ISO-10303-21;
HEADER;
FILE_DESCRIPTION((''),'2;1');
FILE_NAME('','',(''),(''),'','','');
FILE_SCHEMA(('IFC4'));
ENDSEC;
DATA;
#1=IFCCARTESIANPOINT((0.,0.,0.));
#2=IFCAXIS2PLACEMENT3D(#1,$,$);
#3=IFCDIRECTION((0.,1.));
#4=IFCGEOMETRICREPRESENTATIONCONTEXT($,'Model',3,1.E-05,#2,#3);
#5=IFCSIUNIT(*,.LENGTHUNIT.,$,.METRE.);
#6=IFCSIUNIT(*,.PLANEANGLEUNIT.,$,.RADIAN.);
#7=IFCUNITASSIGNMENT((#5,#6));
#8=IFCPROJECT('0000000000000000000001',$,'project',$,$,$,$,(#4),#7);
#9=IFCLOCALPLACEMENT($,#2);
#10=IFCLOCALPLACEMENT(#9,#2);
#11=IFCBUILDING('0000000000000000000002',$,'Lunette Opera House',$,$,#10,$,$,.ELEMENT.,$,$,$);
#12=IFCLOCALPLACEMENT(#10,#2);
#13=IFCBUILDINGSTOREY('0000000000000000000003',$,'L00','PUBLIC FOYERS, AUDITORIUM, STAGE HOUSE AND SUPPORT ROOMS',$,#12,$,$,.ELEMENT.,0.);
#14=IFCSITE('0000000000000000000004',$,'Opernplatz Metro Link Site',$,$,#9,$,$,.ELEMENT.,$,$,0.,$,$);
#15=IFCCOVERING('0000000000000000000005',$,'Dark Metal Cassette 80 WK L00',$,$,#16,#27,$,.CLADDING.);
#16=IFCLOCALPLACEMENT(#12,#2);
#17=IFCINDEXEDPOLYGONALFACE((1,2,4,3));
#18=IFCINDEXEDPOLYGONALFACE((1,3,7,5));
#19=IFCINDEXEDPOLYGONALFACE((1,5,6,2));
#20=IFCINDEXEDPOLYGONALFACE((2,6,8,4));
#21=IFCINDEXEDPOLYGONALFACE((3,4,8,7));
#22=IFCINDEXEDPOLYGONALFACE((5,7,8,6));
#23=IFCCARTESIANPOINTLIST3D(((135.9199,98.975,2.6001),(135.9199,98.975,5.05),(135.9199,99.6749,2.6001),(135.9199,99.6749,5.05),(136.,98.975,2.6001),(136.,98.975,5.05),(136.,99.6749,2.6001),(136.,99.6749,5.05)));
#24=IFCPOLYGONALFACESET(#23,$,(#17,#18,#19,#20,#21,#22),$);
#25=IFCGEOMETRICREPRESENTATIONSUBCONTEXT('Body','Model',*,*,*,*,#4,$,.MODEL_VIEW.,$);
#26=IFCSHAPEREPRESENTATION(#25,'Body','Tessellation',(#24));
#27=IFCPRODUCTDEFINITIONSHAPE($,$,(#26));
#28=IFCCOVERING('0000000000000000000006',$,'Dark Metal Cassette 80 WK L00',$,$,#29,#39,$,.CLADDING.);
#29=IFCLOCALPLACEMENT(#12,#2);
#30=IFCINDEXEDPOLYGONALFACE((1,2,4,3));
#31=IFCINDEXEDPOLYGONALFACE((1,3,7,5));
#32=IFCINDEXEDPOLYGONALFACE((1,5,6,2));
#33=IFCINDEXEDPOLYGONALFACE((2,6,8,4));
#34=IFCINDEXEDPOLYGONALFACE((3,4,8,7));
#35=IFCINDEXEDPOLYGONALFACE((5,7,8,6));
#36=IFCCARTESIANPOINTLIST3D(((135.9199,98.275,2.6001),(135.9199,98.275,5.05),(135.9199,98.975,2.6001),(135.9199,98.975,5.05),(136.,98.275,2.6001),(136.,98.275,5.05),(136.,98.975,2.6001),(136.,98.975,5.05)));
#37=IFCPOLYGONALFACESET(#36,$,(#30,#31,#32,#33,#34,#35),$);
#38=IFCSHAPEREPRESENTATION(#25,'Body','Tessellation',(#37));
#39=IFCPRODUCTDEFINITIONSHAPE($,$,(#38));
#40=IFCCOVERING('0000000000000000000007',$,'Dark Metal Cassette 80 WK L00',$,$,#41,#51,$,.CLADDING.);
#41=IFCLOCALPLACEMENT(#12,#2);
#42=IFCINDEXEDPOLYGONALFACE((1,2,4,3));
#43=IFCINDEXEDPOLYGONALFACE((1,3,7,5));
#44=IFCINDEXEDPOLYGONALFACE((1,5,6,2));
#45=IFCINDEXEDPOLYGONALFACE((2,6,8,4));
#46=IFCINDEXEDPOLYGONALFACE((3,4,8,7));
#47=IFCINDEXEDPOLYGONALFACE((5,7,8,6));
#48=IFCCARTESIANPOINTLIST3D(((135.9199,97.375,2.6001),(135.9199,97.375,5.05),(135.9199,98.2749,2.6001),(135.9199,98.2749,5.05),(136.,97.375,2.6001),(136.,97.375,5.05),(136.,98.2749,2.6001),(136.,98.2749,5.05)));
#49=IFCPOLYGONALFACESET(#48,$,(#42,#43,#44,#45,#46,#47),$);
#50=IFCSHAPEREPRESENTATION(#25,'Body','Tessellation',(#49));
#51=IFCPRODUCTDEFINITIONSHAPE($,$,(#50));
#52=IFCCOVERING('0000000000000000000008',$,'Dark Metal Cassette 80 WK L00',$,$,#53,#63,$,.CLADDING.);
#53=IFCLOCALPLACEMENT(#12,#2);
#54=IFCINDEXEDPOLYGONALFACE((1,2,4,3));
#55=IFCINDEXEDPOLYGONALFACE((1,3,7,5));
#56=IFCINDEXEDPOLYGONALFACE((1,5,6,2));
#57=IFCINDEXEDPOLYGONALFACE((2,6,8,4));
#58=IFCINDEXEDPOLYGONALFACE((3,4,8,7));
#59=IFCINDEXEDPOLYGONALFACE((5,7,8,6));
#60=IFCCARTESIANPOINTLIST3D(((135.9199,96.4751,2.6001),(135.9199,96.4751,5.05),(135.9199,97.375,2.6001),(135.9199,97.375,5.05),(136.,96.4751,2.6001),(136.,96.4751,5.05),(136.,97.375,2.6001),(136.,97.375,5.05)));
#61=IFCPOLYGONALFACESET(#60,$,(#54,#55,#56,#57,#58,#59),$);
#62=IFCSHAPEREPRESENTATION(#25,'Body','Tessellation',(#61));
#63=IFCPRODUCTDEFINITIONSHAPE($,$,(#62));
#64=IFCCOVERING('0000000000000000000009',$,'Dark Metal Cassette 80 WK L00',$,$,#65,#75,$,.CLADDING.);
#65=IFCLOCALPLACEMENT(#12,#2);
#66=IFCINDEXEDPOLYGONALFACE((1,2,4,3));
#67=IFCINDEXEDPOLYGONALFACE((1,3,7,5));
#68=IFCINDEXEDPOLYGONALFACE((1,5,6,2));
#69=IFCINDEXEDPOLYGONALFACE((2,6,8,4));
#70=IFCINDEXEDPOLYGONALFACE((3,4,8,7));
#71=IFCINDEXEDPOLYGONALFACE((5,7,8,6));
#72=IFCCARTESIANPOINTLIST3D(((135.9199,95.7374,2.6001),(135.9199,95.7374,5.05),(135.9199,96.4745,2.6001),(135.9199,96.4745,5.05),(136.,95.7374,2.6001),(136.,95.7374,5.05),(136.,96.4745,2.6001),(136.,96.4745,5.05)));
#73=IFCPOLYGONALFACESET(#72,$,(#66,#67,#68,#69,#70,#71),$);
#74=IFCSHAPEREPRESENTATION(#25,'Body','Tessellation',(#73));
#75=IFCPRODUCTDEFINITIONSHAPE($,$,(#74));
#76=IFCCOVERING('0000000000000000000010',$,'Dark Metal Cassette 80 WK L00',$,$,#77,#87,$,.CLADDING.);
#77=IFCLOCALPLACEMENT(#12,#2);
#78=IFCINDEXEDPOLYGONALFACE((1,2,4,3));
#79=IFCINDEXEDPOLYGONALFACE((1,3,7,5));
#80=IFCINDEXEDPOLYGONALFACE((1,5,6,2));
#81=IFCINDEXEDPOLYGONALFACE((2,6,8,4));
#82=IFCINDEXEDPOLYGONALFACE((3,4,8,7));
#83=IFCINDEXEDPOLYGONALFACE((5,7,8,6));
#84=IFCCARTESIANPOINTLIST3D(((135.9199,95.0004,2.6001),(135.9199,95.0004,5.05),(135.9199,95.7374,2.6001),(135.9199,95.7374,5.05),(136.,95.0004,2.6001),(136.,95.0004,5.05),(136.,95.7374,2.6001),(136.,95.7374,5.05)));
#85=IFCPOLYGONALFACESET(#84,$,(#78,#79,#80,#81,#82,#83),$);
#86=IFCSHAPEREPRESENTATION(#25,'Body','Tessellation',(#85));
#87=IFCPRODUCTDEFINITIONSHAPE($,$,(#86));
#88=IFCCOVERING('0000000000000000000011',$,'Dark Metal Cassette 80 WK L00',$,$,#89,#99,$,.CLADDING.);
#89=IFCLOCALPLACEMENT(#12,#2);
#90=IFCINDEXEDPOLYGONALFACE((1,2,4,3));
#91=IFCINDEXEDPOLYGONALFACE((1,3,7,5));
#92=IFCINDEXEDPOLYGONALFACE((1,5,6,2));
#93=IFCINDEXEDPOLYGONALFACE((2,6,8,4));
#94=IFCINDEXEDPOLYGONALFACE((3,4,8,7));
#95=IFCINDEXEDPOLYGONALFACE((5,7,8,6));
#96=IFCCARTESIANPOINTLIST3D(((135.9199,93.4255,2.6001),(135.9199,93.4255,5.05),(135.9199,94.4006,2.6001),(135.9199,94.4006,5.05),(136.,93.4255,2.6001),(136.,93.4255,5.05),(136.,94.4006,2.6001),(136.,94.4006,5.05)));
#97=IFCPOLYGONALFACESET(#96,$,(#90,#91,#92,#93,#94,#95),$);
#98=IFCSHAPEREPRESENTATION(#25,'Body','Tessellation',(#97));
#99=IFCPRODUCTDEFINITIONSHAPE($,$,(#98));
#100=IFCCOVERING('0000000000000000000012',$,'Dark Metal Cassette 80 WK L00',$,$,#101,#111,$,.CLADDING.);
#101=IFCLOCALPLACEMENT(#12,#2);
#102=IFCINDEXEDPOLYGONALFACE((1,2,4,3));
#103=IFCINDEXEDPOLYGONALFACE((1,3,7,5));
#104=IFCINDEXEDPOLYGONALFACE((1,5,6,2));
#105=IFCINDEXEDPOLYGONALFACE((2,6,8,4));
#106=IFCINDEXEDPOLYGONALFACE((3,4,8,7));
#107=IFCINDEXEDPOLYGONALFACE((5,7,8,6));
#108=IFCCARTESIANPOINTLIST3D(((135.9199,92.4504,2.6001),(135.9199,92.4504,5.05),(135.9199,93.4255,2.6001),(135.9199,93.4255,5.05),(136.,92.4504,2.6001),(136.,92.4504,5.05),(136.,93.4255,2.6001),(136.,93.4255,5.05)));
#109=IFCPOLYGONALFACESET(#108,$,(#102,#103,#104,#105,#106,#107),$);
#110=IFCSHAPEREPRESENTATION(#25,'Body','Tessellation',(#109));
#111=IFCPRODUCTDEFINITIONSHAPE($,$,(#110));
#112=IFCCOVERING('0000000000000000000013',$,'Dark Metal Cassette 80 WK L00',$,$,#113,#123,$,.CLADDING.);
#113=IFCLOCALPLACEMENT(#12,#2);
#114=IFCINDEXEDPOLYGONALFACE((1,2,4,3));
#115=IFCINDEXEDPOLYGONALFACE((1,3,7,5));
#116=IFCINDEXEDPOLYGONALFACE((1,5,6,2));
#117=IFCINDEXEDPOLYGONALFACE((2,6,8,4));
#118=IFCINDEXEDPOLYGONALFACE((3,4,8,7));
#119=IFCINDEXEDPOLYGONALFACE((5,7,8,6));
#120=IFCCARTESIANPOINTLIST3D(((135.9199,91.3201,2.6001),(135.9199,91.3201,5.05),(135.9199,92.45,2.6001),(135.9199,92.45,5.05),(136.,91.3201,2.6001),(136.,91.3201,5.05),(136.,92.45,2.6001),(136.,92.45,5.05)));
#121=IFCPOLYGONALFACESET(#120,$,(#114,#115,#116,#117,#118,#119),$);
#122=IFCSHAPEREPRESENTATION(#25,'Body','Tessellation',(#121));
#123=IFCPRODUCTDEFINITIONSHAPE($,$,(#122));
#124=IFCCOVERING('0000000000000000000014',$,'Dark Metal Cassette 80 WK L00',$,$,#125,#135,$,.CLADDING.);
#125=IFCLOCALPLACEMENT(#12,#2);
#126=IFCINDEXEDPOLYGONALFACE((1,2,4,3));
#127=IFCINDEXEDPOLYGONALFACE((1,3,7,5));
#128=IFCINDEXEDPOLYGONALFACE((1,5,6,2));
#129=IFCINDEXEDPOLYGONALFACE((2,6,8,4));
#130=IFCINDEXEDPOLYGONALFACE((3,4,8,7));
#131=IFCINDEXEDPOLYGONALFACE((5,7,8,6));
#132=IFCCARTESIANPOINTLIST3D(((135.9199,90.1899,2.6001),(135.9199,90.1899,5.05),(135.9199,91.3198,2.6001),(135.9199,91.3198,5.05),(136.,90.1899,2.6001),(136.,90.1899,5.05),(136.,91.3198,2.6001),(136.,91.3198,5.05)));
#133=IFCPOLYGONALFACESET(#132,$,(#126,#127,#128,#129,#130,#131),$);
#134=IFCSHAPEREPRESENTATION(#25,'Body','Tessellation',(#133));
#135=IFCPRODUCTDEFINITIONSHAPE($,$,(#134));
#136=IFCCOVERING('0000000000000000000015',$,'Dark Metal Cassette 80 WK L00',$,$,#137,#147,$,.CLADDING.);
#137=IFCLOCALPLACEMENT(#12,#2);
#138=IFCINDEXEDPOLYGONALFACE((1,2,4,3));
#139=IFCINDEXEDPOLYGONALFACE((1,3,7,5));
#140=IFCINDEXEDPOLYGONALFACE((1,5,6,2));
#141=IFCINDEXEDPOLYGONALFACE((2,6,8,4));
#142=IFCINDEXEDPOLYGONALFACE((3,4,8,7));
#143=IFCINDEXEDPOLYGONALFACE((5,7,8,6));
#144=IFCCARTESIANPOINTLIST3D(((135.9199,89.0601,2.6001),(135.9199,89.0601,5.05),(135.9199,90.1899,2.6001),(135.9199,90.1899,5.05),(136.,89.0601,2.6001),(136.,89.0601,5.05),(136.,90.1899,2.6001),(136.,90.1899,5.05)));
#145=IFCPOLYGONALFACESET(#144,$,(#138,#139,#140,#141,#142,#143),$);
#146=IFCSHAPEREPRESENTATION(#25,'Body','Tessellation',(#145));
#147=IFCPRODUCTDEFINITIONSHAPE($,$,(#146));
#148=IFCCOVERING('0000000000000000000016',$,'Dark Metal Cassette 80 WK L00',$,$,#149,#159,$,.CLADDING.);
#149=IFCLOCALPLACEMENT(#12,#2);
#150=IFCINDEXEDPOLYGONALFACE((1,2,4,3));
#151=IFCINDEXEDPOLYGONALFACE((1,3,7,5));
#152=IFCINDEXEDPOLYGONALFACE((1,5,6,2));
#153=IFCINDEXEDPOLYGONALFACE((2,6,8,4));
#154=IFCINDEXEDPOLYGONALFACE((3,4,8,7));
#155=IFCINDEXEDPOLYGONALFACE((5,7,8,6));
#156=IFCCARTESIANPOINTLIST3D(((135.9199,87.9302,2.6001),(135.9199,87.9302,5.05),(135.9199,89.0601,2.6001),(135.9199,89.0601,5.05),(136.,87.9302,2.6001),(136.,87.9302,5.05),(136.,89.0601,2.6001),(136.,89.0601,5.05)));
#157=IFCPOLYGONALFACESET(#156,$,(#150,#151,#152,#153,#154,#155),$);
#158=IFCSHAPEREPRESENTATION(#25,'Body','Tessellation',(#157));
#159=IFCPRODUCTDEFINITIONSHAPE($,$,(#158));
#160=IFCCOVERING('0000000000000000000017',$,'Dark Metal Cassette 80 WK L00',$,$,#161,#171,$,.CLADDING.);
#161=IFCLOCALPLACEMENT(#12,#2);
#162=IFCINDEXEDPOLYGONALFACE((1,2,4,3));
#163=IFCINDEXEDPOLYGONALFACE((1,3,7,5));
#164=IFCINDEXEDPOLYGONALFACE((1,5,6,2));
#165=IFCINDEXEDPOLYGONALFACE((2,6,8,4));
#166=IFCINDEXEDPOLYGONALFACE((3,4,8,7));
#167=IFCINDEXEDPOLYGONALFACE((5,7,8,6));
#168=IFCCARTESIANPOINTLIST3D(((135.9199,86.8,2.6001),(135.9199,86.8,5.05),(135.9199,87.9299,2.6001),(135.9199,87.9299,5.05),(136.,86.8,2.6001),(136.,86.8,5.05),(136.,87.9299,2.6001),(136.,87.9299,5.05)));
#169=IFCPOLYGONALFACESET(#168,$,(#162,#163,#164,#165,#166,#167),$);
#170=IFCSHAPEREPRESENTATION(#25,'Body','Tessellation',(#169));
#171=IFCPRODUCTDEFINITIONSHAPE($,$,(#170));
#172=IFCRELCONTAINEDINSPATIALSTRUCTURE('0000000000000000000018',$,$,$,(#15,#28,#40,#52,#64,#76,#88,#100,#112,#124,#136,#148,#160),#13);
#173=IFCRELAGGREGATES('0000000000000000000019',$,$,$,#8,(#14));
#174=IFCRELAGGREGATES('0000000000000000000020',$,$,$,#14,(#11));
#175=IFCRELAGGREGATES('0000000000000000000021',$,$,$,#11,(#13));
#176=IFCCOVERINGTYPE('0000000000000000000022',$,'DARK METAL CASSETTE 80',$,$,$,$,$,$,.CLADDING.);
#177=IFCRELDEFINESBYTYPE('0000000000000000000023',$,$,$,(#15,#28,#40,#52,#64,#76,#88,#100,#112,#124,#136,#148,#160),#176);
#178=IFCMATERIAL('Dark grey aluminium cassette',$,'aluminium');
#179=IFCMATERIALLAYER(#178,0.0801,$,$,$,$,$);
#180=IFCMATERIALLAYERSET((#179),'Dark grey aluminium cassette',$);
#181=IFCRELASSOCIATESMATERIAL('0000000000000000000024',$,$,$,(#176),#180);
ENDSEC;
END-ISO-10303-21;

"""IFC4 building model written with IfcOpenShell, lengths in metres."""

from ifc_helpers import new_model, si_unit, direction, frame, origin, origin_2d, place, context, subcontext, project, spatial, rectangle, extrude, material, layer, layer_set, type_object, element, save


model = new_model("IFC4")

# Units and contexts
model_context = context("Model", 3, precision=1e-05, world=origin(), true_north=direction((0.0, 1.0)))
body_context = subcontext(model_context, "Body", "Model", "MODEL_VIEW")
ifc_project = project(units=[si_unit("LENGTHUNIT", "METRE"), si_unit("PLANEANGLEUNIT", "RADIAN")], contexts=[model_context])

# Site, building, storey
site_placement = place(None, origin())
site = spatial("IfcSite", under=ifc_project, at=site_placement, Name="Opernplatz Metro Link Site", CompositionType="ELEMENT", RefElevation=0.0)
building_placement = place(site_placement, origin())
building = spatial("IfcBuilding", under=site, at=building_placement, Name="Lunette Opera House", CompositionType="ELEMENT")
storey_placement = place(building_placement, origin())
storey = spatial("IfcBuildingStorey", under=building, at=storey_placement, Name="L00", Description="PUBLIC FOYERS, AUDITORIUM, STAGE HOUSE AND SUPPORT ROOMS", CompositionType="ELEMENT", Elevation=0.0)

# Coverings
ifc_material_1 = material(Name="Dark grey aluminium cassette", Category="aluminium")
ifc_layer_1 = layer(ifc_material_1, 0.0801)
ifc_layer_set_1 = layer_set([ifc_layer_1], Name="Dark grey aluminium cassette")
covering_type_1 = type_object("IfcCoveringType", Name="DARK METAL CASSETTE 80", PredefinedType="CLADDING", material=ifc_layer_set_1)
for number, where, z_axis, x_axis, name in (
    (1, (135.96, 99.325, 2.6001), (0.0, 0.0, 1.0), (0.0, -1.0, 0.0), "Dark Metal Cassette 80 WK L00"),
    (2, (135.96, 98.625, 2.6001), (0.0, 0.0, 1.0), (0.0, -1.0, 0.0), "Dark Metal Cassette 80 WK L00"),
):
    element("IfcCovering", number, at=place(storey_placement, frame(where, z_axis=z_axis, x_axis=x_axis)), inside=storey, type_object=covering_type_1, Name=name, PredefinedType="CLADDING", context=body_context, shape_type="SweptSolid", body=[
        extrude(rectangle(XDim=0.7, YDim=0.0801, at=origin_2d()), origin(), (0.0, 0.0, 1.0), 2.45),
    ])
for number, where, z_axis, x_axis, name in (
    (3, (135.96, 97.825, 2.6001), (0.0, 0.0, 1.0), (0.0, -1.0, 0.0), "Dark Metal Cassette 80 WK L00"),
    (4, (135.96, 96.925, 2.6001), (0.0, 0.0, 1.0), (0.0, -1.0, 0.0), "Dark Metal Cassette 80 WK L00"),
):
    element("IfcCovering", number, at=place(storey_placement, frame(where, z_axis=z_axis, x_axis=x_axis)), inside=storey, type_object=covering_type_1, Name=name, PredefinedType="CLADDING", context=body_context, shape_type="SweptSolid", body=[
        extrude(rectangle(XDim=0.8999, YDim=0.0801, at=origin_2d()), origin(), (0.0, 0.0, 1.0), 2.45),
    ])
for number, where, z_axis, x_axis, name in (
    (5, (135.96, 96.106, 2.6001), (0.0, 0.0, 1.0), (0.0, -1.0, 0.0), "Dark Metal Cassette 80 WK L00"),
    (6, (135.96, 95.3689, 2.6001), (0.0, 0.0, 1.0), (0.0, -1.0, 0.0), "Dark Metal Cassette 80 WK L00"),
):
    element("IfcCovering", number, at=place(storey_placement, frame(where, z_axis=z_axis, x_axis=x_axis)), inside=storey, type_object=covering_type_1, Name=name, PredefinedType="CLADDING", context=body_context, shape_type="SweptSolid", body=[
        extrude(rectangle(XDim=0.7371, YDim=0.0801, at=origin_2d()), origin(), (0.0, 0.0, 1.0), 2.45),
    ])
for number, where, z_axis, x_axis, name in (
    (7, (135.96, 93.9131, 2.6001), (0.0, 0.0, 1.0), (0.0, -1.0, 0.0), "Dark Metal Cassette 80 WK L00"),
    (8, (135.96, 92.938, 2.6001), (0.0, 0.0, 1.0), (0.0, -1.0, 0.0), "Dark Metal Cassette 80 WK L00"),
):
    element("IfcCovering", number, at=place(storey_placement, frame(where, z_axis=z_axis, x_axis=x_axis)), inside=storey, type_object=covering_type_1, Name=name, PredefinedType="CLADDING", context=body_context, shape_type="SweptSolid", body=[
        extrude(rectangle(XDim=0.9751, YDim=0.0801, at=origin_2d()), origin(), (0.0, 0.0, 1.0), 2.45),
    ])
for number, where, z_axis, x_axis, name in (
    (9, (135.96, 91.885, 2.6001), (0.0, 0.0, 1.0), (0.0, -1.0, 0.0), "Dark Metal Cassette 80 WK L00"),
    (10, (135.96, 90.7549, 2.6001), (0.0, 0.0, 1.0), (0.0, -1.0, 0.0), "Dark Metal Cassette 80 WK L00"),
    (11, (135.96, 89.625, 2.6001), (0.0, 0.0, 1.0), (0.0, -1.0, 0.0), "Dark Metal Cassette 80 WK L00"),
    (12, (135.96, 88.4951, 2.6001), (0.0, 0.0, 1.0), (0.0, -1.0, 0.0), "Dark Metal Cassette 80 WK L00"),
    (13, (135.96, 87.365, 2.6001), (0.0, 0.0, 1.0), (0.0, -1.0, 0.0), "Dark Metal Cassette 80 WK L00"),
):
    element("IfcCovering", number, at=place(storey_placement, frame(where, z_axis=z_axis, x_axis=x_axis)), inside=storey, type_object=covering_type_1, Name=name, PredefinedType="CLADDING", context=body_context, shape_type="SweptSolid", body=[
        extrude(rectangle(XDim=1.1299, YDim=0.0801, at=origin_2d()), origin(), (0.0, 0.0, 1.0), 2.45),
    ])

save(model, "model.ifc")
